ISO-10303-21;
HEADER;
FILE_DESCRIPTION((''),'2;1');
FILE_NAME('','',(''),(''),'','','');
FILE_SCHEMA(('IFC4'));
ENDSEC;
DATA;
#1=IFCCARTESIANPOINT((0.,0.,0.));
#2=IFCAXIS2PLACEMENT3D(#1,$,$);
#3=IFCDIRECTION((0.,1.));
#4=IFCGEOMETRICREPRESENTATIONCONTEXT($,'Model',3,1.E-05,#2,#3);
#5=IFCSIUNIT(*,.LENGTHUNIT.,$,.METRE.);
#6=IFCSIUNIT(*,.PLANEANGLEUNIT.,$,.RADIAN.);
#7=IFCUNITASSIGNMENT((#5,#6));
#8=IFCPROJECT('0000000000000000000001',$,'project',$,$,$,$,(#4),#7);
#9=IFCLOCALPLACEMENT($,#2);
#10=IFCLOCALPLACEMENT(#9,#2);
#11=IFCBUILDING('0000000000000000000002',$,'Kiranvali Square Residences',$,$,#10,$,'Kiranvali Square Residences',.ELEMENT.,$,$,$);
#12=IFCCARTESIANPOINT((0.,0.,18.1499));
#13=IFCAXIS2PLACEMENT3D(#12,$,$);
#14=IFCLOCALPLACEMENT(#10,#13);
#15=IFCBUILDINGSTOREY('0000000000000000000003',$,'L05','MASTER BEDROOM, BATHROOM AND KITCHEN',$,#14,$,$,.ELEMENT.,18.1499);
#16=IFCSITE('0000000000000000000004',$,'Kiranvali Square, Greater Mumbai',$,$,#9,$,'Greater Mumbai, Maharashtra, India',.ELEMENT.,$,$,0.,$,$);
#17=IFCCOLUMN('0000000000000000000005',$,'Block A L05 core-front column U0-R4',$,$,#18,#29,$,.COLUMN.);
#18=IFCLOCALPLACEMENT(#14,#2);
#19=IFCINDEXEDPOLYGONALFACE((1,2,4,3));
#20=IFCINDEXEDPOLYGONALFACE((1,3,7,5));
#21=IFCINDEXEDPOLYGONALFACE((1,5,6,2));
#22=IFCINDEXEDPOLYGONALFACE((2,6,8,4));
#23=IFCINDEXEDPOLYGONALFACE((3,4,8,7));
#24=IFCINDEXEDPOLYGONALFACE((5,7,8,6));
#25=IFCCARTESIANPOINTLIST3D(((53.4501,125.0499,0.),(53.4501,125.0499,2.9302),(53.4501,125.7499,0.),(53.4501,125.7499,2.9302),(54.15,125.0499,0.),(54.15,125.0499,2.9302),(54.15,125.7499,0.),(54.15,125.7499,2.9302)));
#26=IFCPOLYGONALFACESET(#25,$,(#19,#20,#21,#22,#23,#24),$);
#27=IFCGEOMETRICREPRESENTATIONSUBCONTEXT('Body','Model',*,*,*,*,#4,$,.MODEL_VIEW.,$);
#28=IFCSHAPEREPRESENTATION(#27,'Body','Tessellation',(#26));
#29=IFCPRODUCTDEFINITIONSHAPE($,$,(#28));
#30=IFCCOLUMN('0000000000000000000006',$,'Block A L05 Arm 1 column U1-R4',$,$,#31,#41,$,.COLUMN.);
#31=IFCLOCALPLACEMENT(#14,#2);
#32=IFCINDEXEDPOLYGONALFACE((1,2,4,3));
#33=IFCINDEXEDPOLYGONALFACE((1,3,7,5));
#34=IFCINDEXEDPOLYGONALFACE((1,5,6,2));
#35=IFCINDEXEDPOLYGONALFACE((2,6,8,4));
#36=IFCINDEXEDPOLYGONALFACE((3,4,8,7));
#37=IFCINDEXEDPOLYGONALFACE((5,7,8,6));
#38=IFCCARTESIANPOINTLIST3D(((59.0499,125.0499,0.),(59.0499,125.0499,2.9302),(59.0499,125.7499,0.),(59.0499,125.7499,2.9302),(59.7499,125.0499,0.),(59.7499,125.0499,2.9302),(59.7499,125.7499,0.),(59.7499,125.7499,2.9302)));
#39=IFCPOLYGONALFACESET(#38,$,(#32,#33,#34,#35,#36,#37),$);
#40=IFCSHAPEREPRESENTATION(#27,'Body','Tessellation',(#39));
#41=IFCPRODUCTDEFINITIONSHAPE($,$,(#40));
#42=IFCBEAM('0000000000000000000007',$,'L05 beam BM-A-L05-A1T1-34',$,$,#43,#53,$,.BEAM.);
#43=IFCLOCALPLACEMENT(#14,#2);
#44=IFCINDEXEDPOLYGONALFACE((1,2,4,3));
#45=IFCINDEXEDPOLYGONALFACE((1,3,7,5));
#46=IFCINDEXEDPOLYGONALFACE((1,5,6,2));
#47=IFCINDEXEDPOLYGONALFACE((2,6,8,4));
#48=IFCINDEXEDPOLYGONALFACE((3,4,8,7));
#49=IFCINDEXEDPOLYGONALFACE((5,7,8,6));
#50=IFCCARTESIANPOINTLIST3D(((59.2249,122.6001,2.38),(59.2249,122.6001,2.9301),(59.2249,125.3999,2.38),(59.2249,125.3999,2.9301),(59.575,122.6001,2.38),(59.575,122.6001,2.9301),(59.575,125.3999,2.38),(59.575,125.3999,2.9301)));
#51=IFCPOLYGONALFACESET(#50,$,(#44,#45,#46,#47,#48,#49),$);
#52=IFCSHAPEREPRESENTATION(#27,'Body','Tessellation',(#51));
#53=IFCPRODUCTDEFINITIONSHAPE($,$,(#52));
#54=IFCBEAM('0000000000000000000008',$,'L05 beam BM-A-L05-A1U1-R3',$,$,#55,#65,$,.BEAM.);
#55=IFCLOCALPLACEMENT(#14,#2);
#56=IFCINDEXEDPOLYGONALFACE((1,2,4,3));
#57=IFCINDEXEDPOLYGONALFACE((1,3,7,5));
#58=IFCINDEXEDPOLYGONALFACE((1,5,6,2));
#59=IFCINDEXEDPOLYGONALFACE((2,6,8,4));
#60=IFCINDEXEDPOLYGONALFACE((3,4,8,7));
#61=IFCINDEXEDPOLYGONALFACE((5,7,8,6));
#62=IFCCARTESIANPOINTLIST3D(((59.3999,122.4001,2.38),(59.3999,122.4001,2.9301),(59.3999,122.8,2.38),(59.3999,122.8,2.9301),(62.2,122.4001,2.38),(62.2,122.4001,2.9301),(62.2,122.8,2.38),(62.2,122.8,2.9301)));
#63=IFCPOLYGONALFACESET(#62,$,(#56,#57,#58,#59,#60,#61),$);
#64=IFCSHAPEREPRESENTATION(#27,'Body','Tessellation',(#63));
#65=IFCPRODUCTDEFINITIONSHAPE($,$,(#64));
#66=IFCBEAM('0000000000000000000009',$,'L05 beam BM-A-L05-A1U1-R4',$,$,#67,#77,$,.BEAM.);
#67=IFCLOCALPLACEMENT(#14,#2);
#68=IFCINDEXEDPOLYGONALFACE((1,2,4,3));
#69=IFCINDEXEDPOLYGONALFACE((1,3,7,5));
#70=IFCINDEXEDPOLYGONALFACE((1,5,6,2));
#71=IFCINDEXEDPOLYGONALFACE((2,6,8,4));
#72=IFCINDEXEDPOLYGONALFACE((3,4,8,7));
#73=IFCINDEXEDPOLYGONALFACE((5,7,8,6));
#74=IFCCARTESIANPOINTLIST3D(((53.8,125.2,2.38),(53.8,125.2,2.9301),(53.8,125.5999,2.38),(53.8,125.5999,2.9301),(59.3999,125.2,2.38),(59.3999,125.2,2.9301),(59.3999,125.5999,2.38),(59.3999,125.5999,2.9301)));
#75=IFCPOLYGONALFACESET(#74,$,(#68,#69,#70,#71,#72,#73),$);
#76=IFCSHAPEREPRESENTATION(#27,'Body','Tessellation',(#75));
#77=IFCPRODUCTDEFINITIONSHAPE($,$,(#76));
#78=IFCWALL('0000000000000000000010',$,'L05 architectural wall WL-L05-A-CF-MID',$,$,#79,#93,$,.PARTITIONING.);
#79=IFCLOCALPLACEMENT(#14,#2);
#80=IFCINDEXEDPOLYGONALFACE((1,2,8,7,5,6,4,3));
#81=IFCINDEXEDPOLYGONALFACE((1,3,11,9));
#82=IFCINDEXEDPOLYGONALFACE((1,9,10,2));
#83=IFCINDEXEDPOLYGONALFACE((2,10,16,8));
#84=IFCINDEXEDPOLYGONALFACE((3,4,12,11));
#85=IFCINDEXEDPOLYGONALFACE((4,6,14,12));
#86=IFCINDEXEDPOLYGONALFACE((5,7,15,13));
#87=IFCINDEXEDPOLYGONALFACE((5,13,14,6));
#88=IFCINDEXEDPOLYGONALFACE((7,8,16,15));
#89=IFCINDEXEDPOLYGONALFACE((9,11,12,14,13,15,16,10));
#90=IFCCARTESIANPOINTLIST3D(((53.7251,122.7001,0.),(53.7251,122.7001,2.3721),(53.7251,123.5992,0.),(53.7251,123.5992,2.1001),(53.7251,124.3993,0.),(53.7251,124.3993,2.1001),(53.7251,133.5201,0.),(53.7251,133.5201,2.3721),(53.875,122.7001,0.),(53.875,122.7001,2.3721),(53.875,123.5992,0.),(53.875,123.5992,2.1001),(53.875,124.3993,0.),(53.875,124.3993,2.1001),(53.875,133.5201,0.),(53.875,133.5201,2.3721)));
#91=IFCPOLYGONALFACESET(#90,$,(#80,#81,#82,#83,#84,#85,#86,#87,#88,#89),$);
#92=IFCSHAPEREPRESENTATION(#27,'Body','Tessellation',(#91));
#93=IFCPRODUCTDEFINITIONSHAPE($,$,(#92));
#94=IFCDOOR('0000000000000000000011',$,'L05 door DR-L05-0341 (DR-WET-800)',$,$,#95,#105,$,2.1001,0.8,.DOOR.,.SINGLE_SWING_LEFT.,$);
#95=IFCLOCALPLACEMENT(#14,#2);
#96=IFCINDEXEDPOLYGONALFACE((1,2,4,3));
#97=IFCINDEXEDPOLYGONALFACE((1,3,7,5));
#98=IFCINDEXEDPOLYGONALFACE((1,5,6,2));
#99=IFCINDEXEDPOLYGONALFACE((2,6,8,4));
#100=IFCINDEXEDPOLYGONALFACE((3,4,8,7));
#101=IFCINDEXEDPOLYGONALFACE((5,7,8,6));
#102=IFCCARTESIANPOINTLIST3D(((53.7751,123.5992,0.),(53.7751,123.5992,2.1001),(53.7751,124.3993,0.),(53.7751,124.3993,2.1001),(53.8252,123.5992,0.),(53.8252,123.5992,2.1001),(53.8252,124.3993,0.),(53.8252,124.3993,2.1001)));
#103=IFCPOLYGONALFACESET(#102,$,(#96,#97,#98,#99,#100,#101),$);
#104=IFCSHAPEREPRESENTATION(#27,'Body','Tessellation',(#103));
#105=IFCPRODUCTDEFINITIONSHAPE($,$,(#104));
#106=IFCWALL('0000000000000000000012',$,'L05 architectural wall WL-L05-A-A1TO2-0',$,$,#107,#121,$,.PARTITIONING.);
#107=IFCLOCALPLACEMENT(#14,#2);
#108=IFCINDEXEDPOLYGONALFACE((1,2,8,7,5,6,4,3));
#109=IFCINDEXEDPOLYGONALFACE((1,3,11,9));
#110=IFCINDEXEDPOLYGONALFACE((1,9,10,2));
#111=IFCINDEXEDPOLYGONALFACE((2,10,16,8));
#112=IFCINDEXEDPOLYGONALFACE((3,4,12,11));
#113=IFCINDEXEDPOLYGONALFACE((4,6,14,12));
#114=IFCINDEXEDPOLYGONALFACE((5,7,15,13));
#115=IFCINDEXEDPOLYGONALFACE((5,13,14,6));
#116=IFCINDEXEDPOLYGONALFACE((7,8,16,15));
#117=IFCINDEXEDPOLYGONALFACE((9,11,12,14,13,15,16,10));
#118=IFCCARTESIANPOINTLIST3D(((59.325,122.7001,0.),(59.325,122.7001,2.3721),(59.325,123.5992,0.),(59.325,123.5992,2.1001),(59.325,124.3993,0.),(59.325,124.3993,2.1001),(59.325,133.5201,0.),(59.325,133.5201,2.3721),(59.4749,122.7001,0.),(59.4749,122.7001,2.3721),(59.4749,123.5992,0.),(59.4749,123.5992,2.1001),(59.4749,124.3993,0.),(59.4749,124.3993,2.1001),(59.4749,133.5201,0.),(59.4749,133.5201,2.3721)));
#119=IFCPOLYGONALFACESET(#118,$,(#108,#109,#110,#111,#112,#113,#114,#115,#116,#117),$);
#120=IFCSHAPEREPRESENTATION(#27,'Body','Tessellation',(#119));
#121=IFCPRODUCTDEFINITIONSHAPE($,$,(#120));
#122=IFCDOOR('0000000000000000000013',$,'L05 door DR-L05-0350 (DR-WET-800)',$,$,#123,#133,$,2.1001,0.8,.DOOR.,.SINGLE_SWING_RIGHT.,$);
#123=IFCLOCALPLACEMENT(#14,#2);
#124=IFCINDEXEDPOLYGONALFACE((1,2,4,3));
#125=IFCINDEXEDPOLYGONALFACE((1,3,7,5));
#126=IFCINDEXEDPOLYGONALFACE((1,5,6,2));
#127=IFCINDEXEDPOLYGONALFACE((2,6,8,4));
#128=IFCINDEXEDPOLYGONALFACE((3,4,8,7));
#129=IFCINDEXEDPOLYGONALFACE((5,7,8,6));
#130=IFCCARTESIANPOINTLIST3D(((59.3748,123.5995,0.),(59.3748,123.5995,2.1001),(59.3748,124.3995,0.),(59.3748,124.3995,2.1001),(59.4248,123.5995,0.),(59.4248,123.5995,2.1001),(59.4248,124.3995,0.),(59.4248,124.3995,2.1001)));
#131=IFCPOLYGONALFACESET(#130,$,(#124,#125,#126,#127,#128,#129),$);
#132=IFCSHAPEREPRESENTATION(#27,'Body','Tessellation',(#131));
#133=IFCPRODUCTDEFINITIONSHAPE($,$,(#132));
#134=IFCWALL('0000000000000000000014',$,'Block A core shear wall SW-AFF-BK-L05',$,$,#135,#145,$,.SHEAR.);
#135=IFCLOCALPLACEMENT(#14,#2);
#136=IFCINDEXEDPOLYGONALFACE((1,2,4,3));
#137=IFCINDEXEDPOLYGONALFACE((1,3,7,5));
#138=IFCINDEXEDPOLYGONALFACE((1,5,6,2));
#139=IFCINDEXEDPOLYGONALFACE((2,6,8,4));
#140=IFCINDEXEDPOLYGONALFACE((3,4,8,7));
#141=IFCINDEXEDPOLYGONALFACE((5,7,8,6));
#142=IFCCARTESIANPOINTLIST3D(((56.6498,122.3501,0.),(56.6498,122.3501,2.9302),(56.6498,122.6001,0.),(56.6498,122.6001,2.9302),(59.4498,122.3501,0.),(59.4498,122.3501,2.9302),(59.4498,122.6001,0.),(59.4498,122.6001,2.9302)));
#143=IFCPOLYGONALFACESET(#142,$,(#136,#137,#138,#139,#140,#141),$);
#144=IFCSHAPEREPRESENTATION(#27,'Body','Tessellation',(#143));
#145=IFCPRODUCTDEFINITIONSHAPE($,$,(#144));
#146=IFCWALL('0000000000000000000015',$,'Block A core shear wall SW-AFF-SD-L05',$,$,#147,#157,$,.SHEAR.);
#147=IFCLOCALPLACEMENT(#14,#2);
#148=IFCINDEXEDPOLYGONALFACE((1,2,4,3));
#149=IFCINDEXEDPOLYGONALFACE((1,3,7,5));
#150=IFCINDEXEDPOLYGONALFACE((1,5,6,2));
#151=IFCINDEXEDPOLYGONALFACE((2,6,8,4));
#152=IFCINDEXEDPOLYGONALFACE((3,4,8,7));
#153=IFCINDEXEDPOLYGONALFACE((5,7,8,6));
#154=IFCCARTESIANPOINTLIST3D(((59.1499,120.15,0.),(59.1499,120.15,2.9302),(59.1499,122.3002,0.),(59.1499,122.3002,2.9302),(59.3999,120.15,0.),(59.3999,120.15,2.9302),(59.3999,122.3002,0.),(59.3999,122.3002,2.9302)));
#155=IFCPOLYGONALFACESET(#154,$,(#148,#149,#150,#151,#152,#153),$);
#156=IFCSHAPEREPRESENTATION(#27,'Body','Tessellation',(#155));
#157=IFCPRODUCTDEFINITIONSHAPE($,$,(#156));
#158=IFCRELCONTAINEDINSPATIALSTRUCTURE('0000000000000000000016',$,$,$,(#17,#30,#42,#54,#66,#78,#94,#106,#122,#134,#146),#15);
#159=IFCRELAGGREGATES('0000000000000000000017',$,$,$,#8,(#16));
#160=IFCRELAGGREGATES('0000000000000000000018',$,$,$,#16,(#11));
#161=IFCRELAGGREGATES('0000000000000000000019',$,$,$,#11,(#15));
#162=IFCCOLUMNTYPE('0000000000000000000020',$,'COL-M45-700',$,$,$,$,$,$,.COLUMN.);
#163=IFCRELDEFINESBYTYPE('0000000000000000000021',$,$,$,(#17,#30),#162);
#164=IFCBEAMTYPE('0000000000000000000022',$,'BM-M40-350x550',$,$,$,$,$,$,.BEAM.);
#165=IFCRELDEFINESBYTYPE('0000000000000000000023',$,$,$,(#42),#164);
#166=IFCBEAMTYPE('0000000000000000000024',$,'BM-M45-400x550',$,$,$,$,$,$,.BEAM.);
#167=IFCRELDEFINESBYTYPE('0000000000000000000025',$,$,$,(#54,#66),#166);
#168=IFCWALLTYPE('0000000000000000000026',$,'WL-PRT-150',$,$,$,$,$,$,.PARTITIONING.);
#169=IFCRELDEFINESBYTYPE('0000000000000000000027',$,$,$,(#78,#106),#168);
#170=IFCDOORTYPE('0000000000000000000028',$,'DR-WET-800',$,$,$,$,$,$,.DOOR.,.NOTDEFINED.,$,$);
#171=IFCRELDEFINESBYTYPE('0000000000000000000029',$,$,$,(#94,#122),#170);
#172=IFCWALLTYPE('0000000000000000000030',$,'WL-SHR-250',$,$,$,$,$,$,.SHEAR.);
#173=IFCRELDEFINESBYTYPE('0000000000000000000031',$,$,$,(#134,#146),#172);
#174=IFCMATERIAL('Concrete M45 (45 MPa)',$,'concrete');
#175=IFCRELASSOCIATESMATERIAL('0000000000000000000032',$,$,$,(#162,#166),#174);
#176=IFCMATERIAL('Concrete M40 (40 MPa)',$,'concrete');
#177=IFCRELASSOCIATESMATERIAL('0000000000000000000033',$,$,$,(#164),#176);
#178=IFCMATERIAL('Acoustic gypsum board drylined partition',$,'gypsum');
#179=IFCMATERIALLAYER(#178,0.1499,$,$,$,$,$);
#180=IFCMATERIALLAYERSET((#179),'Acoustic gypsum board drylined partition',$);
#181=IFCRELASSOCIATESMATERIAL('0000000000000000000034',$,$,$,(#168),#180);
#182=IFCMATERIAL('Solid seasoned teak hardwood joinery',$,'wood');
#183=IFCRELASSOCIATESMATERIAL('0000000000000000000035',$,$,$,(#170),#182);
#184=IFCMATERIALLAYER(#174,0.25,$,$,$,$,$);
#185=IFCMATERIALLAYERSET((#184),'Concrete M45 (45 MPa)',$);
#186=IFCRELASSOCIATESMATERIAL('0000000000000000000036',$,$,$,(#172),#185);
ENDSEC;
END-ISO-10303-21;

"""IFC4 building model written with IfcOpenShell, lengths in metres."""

from ifc_helpers import new_model, si_unit, direction, frame, frame_2d, origin, origin_2d, place, context, subcontext, project, spatial, rectangle, extrude, material, layer, layer_set, material_profile, profile_set, type_object, element, fill, save


model = new_model("IFC4")

# Units and contexts
model_context = context("Model", 3, precision=1e-05, world=origin(), true_north=direction((0.0, 1.0)))
body_context = subcontext(model_context, "Body", "Model", "MODEL_VIEW")
ifc_project = project(units=[si_unit("LENGTHUNIT", "METRE"), si_unit("PLANEANGLEUNIT", "RADIAN")], contexts=[model_context])

# Site, building, storey
site_placement = place(None, origin())
site = spatial("IfcSite", under=ifc_project, at=site_placement, Name="Kiranvali Square, Greater Mumbai", LongName="Greater Mumbai, Maharashtra, India", CompositionType="ELEMENT", RefElevation=0.0)
building_placement = place(site_placement, origin())
building = spatial("IfcBuilding", under=site, at=building_placement, Name="Kiranvali Square Residences", LongName="Kiranvali Square Residences", CompositionType="ELEMENT")
storey_placement = place(building_placement, frame((0.0, 0.0, 18.1499)))
storey = spatial("IfcBuildingStorey", under=building, at=storey_placement, Name="L05", Description="MASTER BEDROOM, BATHROOM AND KITCHEN", CompositionType="ELEMENT", Elevation=18.1499)

# Columns
ifc_material_1 = material(Name="Concrete M45 (45 MPa)", Category="concrete")
ifc_material_profile_1 = material_profile(ifc_material_1, rectangle(XDim=0.7, YDim=0.7, at=origin_2d()), Name="RC 700x700")
ifc_profile_set_1 = profile_set([ifc_material_profile_1], Name="Concrete M45 (45 MPa)")
column_type = type_object("IfcColumnType", Name="COL-M45-700", PredefinedType="COLUMN", material=ifc_profile_set_1)
for number, where, z_axis, x_axis, name in (
    (1, (53.8, 125.3999, 0.0), (0.0, 0.0, 1.0), (1.0, 0.0, 0.0), "Block A L05 core-front column U0-R4"),
    (2, (59.3999, 125.3999, 0.0), (0.0, 0.0, 1.0), (1.0, 0.0, 0.0), "Block A L05 Arm 1 column U1-R4"),
):
    element("IfcColumn", number, at=place(storey_placement, frame(where, z_axis=z_axis, x_axis=x_axis)), inside=storey, type_object=column_type, Name=name, PredefinedType="COLUMN", context=body_context, shape_type="SweptSolid", body=[
        extrude(rectangle(XDim=0.7, YDim=0.7, at=origin_2d()), origin(), (0.0, 0.0, 1.0), 2.9302),
    ])

# Beams
ifc_material_2 = material(Name="Concrete M40 (40 MPa)", Category="concrete")
ifc_material_profile_2 = material_profile(ifc_material_2, rectangle(XDim=0.3501, YDim=0.55, at=origin_2d()), Name="RC 350x550")
ifc_profile_set_2 = profile_set([ifc_material_profile_2], Name="Concrete M40 (40 MPa)")
beam_type_1 = type_object("IfcBeamType", Name="BM-M40-350x550", PredefinedType="BEAM", material=ifc_profile_set_2)
beam_1_placement = place(storey_placement, frame((59.3999, 122.6001, 2.655), z_axis=(0.0, 1.0, 0.0), x_axis=(-1.0, 0.0, 0.0)))
element("IfcBeam", 3, at=beam_1_placement, inside=storey, type_object=beam_type_1, Name="L05 beam BM-A-L05-A1T1-34", PredefinedType="BEAM", context=body_context, shape_type="SweptSolid", body=[
    extrude(rectangle(XDim=0.3501, YDim=0.55, at=origin_2d()), origin(), (0.0, 0.0, 1.0), 2.7998),
])
ifc_material_profile_3 = material_profile(ifc_material_1, rectangle(XDim=0.3999, YDim=0.55, at=origin_2d()), Name="RC 400x550")
ifc_profile_set_3 = profile_set([ifc_material_profile_3], Name="Concrete M45 (45 MPa)")
beam_type_2 = type_object("IfcBeamType", Name="BM-M45-400x550", PredefinedType="BEAM", material=ifc_profile_set_3)
beam_2_placement = place(storey_placement, frame((59.3999, 122.6001, 2.655), z_axis=(1.0, 0.0, 0.0), x_axis=(0.0, 1.0, 0.0)))
element("IfcBeam", 4, at=beam_2_placement, inside=storey, type_object=beam_type_2, Name="L05 beam BM-A-L05-A1U1-R3", PredefinedType="BEAM", context=body_context, shape_type="SweptSolid", body=[
    extrude(rectangle(XDim=0.3999, YDim=0.55, at=origin_2d()), origin(), (0.0, 0.0, 1.0), 2.8),
])
beam_3_placement = place(storey_placement, frame((53.8, 125.3999, 2.655), z_axis=(1.0, 0.0, 0.0), x_axis=(0.0, 1.0, 0.0)))
element("IfcBeam", 5, at=beam_3_placement, inside=storey, type_object=beam_type_2, Name="L05 beam BM-A-L05-A1U1-R4", PredefinedType="BEAM", context=body_context, shape_type="SweptSolid", body=[
    extrude(rectangle(XDim=0.3999, YDim=0.55, at=origin_2d()), origin(), (0.0, 0.0, 1.0), 5.5999),
])

# Walls, openings, doors
ifc_material_3 = material(Name="Acoustic gypsum board drylined partition", Category="gypsum")
ifc_layer_1 = layer(ifc_material_3, 0.1499)
ifc_layer_set_1 = layer_set([ifc_layer_1], Name="Acoustic gypsum board drylined partition")
wall_type_1 = type_object("IfcWallType", Name="WL-PRT-150", PredefinedType="PARTITIONING", material=ifc_layer_set_1)
wall_1_placement = place(storey_placement, frame((53.8, 122.7, 0.0), z_axis=(0.0, 0.0, 1.0), x_axis=(0.0, 1.0, 0.0)))
wall_1 = element("IfcWall", 6, at=wall_1_placement, inside=storey, type_object=wall_type_1, Name="L05 architectural wall WL-L05-A-CF-MID", PredefinedType="PARTITIONING", context=body_context, shape_type="SweptSolid", body=[
    extrude(rectangle(XDim=10.8201, YDim=0.1499, at=frame_2d((5.4102, 0.0))), origin(), (0.0, 0.0, 1.0), 2.3721),
])
opening_1_placement = place(wall_1_placement, frame((0.8994, 0.0, 0.0)))
opening_1 = element("IfcOpeningElement", 7, at=opening_1_placement, cuts=wall_1, PredefinedType="OPENING", context=body_context, shape_type="SweptSolid", body=[
    extrude(rectangle(XDim=0.8, YDim=2.1001, at=frame_2d((0.3999, 1.05))), frame((0.0, 0.085, 0.0), z_axis=(0.0, -1.0, 0.0), x_axis=(1.0, 0.0, 0.0)), (0.0, 0.0, 1.0), 0.1699),
])
ifc_material_4 = material(Name="Solid seasoned teak hardwood joinery", Category="wood")
door_type_1 = type_object("IfcDoorType", Name="DR-WET-800", OperationType="NOTDEFINED", PredefinedType="DOOR", material=ifc_material_4)
door_1_placement = place(opening_1_placement, origin())
door_1 = element("IfcDoor", 8, at=door_1_placement, inside=storey, type_object=door_type_1, Name="L05 door DR-L05-0341 (DR-WET-800)", OperationType="SINGLE_SWING_LEFT", OverallHeight=2.1001, OverallWidth=0.8, PredefinedType="DOOR", context=body_context, shape_type="SweptSolid", body=[
    extrude(rectangle(XDim=0.8, YDim=2.1001, at=frame_2d((0.3999, 1.05))), frame((0.0, 0.0249, 0.0), z_axis=(0.0, -1.0, 0.0), x_axis=(1.0, 0.0, 0.0)), (0.0, 0.0, 1.0), 0.05),
])
fill(opening_1, door_1)
wall_2_placement = place(storey_placement, frame((59.3999, 122.7, 0.0), z_axis=(0.0, 0.0, 1.0), x_axis=(0.0, 1.0, 0.0)))
wall_2 = element("IfcWall", 9, at=wall_2_placement, inside=storey, type_object=wall_type_1, Name="L05 architectural wall WL-L05-A-A1TO2-0", PredefinedType="PARTITIONING", context=body_context, shape_type="SweptSolid", body=[
    extrude(rectangle(XDim=10.8201, YDim=0.1499, at=frame_2d((5.4102, 0.0))), origin(), (0.0, 0.0, 1.0), 2.3721),
])
opening_2_placement = place(wall_2_placement, frame((0.8994, 0.0, 0.0)))
opening_2 = element("IfcOpeningElement", 10, at=opening_2_placement, cuts=wall_2, PredefinedType="OPENING", context=body_context, shape_type="SweptSolid", body=[
    extrude(rectangle(XDim=0.8, YDim=2.1001, at=frame_2d((0.3999, 1.05))), frame((0.0, 0.085, 0.0), z_axis=(0.0, -1.0, 0.0), x_axis=(1.0, 0.0, 0.0)), (0.0, 0.0, 1.0), 0.1699),
])
door_2_placement = place(opening_2_placement, frame((0.8, 0.0, 0.0), z_axis=(0.0, 0.0, 1.0), x_axis=(-1.0, 0.0, 0.0)))
door_2 = element("IfcDoor", 11, at=door_2_placement, inside=storey, type_object=door_type_1, Name="L05 door DR-L05-0350 (DR-WET-800)", OperationType="SINGLE_SWING_RIGHT", OverallHeight=2.1001, OverallWidth=0.8, PredefinedType="DOOR", context=body_context, shape_type="SweptSolid", body=[
    extrude(rectangle(XDim=0.8, YDim=2.1001, at=frame_2d((0.3999, 1.05))), frame((0.0, 0.0249, 0.0), z_axis=(0.0, -1.0, 0.0), x_axis=(1.0, 0.0, 0.0)), (0.0, 0.0, 1.0), 0.05),
])
fill(opening_2, door_2)

# Walls
ifc_layer_2 = layer(ifc_material_1, 0.25)
ifc_layer_set_2 = layer_set([ifc_layer_2], Name="Concrete M45 (45 MPa)")
wall_type_2 = type_object("IfcWallType", Name="WL-SHR-250", PredefinedType="SHEAR", material=ifc_layer_set_2)
wall_3_placement = place(storey_placement, frame((56.6499, 122.4751, 0.0), z_axis=(0.0, 0.0, 1.0), x_axis=(1.0, 0.0, 0.0)))
element("IfcWall", 12, at=wall_3_placement, inside=storey, type_object=wall_type_2, Name="Block A core shear wall SW-AFF-BK-L05", PredefinedType="SHEAR", context=body_context, shape_type="SweptSolid", body=[
    extrude(rectangle(XDim=2.8, YDim=0.25, at=frame_2d((1.3999, 0.0))), origin(), (0.0, 0.0, 1.0), 2.9302),
])
wall_4_placement = place(storey_placement, frame((59.2749, 120.1499, 0.0), z_axis=(0.0, 0.0, 1.0), x_axis=(0.0, 1.0, 0.0)))
element("IfcWall", 13, at=wall_4_placement, inside=storey, type_object=wall_type_2, Name="Block A core shear wall SW-AFF-SD-L05", PredefinedType="SHEAR", context=body_context, shape_type="SweptSolid", body=[
    extrude(rectangle(XDim=2.1501, YDim=0.25, at=frame_2d((1.0752, 0.0))), origin(), (0.0, 0.0, 1.0), 2.9302),
])

save(model, "model.ifc")
